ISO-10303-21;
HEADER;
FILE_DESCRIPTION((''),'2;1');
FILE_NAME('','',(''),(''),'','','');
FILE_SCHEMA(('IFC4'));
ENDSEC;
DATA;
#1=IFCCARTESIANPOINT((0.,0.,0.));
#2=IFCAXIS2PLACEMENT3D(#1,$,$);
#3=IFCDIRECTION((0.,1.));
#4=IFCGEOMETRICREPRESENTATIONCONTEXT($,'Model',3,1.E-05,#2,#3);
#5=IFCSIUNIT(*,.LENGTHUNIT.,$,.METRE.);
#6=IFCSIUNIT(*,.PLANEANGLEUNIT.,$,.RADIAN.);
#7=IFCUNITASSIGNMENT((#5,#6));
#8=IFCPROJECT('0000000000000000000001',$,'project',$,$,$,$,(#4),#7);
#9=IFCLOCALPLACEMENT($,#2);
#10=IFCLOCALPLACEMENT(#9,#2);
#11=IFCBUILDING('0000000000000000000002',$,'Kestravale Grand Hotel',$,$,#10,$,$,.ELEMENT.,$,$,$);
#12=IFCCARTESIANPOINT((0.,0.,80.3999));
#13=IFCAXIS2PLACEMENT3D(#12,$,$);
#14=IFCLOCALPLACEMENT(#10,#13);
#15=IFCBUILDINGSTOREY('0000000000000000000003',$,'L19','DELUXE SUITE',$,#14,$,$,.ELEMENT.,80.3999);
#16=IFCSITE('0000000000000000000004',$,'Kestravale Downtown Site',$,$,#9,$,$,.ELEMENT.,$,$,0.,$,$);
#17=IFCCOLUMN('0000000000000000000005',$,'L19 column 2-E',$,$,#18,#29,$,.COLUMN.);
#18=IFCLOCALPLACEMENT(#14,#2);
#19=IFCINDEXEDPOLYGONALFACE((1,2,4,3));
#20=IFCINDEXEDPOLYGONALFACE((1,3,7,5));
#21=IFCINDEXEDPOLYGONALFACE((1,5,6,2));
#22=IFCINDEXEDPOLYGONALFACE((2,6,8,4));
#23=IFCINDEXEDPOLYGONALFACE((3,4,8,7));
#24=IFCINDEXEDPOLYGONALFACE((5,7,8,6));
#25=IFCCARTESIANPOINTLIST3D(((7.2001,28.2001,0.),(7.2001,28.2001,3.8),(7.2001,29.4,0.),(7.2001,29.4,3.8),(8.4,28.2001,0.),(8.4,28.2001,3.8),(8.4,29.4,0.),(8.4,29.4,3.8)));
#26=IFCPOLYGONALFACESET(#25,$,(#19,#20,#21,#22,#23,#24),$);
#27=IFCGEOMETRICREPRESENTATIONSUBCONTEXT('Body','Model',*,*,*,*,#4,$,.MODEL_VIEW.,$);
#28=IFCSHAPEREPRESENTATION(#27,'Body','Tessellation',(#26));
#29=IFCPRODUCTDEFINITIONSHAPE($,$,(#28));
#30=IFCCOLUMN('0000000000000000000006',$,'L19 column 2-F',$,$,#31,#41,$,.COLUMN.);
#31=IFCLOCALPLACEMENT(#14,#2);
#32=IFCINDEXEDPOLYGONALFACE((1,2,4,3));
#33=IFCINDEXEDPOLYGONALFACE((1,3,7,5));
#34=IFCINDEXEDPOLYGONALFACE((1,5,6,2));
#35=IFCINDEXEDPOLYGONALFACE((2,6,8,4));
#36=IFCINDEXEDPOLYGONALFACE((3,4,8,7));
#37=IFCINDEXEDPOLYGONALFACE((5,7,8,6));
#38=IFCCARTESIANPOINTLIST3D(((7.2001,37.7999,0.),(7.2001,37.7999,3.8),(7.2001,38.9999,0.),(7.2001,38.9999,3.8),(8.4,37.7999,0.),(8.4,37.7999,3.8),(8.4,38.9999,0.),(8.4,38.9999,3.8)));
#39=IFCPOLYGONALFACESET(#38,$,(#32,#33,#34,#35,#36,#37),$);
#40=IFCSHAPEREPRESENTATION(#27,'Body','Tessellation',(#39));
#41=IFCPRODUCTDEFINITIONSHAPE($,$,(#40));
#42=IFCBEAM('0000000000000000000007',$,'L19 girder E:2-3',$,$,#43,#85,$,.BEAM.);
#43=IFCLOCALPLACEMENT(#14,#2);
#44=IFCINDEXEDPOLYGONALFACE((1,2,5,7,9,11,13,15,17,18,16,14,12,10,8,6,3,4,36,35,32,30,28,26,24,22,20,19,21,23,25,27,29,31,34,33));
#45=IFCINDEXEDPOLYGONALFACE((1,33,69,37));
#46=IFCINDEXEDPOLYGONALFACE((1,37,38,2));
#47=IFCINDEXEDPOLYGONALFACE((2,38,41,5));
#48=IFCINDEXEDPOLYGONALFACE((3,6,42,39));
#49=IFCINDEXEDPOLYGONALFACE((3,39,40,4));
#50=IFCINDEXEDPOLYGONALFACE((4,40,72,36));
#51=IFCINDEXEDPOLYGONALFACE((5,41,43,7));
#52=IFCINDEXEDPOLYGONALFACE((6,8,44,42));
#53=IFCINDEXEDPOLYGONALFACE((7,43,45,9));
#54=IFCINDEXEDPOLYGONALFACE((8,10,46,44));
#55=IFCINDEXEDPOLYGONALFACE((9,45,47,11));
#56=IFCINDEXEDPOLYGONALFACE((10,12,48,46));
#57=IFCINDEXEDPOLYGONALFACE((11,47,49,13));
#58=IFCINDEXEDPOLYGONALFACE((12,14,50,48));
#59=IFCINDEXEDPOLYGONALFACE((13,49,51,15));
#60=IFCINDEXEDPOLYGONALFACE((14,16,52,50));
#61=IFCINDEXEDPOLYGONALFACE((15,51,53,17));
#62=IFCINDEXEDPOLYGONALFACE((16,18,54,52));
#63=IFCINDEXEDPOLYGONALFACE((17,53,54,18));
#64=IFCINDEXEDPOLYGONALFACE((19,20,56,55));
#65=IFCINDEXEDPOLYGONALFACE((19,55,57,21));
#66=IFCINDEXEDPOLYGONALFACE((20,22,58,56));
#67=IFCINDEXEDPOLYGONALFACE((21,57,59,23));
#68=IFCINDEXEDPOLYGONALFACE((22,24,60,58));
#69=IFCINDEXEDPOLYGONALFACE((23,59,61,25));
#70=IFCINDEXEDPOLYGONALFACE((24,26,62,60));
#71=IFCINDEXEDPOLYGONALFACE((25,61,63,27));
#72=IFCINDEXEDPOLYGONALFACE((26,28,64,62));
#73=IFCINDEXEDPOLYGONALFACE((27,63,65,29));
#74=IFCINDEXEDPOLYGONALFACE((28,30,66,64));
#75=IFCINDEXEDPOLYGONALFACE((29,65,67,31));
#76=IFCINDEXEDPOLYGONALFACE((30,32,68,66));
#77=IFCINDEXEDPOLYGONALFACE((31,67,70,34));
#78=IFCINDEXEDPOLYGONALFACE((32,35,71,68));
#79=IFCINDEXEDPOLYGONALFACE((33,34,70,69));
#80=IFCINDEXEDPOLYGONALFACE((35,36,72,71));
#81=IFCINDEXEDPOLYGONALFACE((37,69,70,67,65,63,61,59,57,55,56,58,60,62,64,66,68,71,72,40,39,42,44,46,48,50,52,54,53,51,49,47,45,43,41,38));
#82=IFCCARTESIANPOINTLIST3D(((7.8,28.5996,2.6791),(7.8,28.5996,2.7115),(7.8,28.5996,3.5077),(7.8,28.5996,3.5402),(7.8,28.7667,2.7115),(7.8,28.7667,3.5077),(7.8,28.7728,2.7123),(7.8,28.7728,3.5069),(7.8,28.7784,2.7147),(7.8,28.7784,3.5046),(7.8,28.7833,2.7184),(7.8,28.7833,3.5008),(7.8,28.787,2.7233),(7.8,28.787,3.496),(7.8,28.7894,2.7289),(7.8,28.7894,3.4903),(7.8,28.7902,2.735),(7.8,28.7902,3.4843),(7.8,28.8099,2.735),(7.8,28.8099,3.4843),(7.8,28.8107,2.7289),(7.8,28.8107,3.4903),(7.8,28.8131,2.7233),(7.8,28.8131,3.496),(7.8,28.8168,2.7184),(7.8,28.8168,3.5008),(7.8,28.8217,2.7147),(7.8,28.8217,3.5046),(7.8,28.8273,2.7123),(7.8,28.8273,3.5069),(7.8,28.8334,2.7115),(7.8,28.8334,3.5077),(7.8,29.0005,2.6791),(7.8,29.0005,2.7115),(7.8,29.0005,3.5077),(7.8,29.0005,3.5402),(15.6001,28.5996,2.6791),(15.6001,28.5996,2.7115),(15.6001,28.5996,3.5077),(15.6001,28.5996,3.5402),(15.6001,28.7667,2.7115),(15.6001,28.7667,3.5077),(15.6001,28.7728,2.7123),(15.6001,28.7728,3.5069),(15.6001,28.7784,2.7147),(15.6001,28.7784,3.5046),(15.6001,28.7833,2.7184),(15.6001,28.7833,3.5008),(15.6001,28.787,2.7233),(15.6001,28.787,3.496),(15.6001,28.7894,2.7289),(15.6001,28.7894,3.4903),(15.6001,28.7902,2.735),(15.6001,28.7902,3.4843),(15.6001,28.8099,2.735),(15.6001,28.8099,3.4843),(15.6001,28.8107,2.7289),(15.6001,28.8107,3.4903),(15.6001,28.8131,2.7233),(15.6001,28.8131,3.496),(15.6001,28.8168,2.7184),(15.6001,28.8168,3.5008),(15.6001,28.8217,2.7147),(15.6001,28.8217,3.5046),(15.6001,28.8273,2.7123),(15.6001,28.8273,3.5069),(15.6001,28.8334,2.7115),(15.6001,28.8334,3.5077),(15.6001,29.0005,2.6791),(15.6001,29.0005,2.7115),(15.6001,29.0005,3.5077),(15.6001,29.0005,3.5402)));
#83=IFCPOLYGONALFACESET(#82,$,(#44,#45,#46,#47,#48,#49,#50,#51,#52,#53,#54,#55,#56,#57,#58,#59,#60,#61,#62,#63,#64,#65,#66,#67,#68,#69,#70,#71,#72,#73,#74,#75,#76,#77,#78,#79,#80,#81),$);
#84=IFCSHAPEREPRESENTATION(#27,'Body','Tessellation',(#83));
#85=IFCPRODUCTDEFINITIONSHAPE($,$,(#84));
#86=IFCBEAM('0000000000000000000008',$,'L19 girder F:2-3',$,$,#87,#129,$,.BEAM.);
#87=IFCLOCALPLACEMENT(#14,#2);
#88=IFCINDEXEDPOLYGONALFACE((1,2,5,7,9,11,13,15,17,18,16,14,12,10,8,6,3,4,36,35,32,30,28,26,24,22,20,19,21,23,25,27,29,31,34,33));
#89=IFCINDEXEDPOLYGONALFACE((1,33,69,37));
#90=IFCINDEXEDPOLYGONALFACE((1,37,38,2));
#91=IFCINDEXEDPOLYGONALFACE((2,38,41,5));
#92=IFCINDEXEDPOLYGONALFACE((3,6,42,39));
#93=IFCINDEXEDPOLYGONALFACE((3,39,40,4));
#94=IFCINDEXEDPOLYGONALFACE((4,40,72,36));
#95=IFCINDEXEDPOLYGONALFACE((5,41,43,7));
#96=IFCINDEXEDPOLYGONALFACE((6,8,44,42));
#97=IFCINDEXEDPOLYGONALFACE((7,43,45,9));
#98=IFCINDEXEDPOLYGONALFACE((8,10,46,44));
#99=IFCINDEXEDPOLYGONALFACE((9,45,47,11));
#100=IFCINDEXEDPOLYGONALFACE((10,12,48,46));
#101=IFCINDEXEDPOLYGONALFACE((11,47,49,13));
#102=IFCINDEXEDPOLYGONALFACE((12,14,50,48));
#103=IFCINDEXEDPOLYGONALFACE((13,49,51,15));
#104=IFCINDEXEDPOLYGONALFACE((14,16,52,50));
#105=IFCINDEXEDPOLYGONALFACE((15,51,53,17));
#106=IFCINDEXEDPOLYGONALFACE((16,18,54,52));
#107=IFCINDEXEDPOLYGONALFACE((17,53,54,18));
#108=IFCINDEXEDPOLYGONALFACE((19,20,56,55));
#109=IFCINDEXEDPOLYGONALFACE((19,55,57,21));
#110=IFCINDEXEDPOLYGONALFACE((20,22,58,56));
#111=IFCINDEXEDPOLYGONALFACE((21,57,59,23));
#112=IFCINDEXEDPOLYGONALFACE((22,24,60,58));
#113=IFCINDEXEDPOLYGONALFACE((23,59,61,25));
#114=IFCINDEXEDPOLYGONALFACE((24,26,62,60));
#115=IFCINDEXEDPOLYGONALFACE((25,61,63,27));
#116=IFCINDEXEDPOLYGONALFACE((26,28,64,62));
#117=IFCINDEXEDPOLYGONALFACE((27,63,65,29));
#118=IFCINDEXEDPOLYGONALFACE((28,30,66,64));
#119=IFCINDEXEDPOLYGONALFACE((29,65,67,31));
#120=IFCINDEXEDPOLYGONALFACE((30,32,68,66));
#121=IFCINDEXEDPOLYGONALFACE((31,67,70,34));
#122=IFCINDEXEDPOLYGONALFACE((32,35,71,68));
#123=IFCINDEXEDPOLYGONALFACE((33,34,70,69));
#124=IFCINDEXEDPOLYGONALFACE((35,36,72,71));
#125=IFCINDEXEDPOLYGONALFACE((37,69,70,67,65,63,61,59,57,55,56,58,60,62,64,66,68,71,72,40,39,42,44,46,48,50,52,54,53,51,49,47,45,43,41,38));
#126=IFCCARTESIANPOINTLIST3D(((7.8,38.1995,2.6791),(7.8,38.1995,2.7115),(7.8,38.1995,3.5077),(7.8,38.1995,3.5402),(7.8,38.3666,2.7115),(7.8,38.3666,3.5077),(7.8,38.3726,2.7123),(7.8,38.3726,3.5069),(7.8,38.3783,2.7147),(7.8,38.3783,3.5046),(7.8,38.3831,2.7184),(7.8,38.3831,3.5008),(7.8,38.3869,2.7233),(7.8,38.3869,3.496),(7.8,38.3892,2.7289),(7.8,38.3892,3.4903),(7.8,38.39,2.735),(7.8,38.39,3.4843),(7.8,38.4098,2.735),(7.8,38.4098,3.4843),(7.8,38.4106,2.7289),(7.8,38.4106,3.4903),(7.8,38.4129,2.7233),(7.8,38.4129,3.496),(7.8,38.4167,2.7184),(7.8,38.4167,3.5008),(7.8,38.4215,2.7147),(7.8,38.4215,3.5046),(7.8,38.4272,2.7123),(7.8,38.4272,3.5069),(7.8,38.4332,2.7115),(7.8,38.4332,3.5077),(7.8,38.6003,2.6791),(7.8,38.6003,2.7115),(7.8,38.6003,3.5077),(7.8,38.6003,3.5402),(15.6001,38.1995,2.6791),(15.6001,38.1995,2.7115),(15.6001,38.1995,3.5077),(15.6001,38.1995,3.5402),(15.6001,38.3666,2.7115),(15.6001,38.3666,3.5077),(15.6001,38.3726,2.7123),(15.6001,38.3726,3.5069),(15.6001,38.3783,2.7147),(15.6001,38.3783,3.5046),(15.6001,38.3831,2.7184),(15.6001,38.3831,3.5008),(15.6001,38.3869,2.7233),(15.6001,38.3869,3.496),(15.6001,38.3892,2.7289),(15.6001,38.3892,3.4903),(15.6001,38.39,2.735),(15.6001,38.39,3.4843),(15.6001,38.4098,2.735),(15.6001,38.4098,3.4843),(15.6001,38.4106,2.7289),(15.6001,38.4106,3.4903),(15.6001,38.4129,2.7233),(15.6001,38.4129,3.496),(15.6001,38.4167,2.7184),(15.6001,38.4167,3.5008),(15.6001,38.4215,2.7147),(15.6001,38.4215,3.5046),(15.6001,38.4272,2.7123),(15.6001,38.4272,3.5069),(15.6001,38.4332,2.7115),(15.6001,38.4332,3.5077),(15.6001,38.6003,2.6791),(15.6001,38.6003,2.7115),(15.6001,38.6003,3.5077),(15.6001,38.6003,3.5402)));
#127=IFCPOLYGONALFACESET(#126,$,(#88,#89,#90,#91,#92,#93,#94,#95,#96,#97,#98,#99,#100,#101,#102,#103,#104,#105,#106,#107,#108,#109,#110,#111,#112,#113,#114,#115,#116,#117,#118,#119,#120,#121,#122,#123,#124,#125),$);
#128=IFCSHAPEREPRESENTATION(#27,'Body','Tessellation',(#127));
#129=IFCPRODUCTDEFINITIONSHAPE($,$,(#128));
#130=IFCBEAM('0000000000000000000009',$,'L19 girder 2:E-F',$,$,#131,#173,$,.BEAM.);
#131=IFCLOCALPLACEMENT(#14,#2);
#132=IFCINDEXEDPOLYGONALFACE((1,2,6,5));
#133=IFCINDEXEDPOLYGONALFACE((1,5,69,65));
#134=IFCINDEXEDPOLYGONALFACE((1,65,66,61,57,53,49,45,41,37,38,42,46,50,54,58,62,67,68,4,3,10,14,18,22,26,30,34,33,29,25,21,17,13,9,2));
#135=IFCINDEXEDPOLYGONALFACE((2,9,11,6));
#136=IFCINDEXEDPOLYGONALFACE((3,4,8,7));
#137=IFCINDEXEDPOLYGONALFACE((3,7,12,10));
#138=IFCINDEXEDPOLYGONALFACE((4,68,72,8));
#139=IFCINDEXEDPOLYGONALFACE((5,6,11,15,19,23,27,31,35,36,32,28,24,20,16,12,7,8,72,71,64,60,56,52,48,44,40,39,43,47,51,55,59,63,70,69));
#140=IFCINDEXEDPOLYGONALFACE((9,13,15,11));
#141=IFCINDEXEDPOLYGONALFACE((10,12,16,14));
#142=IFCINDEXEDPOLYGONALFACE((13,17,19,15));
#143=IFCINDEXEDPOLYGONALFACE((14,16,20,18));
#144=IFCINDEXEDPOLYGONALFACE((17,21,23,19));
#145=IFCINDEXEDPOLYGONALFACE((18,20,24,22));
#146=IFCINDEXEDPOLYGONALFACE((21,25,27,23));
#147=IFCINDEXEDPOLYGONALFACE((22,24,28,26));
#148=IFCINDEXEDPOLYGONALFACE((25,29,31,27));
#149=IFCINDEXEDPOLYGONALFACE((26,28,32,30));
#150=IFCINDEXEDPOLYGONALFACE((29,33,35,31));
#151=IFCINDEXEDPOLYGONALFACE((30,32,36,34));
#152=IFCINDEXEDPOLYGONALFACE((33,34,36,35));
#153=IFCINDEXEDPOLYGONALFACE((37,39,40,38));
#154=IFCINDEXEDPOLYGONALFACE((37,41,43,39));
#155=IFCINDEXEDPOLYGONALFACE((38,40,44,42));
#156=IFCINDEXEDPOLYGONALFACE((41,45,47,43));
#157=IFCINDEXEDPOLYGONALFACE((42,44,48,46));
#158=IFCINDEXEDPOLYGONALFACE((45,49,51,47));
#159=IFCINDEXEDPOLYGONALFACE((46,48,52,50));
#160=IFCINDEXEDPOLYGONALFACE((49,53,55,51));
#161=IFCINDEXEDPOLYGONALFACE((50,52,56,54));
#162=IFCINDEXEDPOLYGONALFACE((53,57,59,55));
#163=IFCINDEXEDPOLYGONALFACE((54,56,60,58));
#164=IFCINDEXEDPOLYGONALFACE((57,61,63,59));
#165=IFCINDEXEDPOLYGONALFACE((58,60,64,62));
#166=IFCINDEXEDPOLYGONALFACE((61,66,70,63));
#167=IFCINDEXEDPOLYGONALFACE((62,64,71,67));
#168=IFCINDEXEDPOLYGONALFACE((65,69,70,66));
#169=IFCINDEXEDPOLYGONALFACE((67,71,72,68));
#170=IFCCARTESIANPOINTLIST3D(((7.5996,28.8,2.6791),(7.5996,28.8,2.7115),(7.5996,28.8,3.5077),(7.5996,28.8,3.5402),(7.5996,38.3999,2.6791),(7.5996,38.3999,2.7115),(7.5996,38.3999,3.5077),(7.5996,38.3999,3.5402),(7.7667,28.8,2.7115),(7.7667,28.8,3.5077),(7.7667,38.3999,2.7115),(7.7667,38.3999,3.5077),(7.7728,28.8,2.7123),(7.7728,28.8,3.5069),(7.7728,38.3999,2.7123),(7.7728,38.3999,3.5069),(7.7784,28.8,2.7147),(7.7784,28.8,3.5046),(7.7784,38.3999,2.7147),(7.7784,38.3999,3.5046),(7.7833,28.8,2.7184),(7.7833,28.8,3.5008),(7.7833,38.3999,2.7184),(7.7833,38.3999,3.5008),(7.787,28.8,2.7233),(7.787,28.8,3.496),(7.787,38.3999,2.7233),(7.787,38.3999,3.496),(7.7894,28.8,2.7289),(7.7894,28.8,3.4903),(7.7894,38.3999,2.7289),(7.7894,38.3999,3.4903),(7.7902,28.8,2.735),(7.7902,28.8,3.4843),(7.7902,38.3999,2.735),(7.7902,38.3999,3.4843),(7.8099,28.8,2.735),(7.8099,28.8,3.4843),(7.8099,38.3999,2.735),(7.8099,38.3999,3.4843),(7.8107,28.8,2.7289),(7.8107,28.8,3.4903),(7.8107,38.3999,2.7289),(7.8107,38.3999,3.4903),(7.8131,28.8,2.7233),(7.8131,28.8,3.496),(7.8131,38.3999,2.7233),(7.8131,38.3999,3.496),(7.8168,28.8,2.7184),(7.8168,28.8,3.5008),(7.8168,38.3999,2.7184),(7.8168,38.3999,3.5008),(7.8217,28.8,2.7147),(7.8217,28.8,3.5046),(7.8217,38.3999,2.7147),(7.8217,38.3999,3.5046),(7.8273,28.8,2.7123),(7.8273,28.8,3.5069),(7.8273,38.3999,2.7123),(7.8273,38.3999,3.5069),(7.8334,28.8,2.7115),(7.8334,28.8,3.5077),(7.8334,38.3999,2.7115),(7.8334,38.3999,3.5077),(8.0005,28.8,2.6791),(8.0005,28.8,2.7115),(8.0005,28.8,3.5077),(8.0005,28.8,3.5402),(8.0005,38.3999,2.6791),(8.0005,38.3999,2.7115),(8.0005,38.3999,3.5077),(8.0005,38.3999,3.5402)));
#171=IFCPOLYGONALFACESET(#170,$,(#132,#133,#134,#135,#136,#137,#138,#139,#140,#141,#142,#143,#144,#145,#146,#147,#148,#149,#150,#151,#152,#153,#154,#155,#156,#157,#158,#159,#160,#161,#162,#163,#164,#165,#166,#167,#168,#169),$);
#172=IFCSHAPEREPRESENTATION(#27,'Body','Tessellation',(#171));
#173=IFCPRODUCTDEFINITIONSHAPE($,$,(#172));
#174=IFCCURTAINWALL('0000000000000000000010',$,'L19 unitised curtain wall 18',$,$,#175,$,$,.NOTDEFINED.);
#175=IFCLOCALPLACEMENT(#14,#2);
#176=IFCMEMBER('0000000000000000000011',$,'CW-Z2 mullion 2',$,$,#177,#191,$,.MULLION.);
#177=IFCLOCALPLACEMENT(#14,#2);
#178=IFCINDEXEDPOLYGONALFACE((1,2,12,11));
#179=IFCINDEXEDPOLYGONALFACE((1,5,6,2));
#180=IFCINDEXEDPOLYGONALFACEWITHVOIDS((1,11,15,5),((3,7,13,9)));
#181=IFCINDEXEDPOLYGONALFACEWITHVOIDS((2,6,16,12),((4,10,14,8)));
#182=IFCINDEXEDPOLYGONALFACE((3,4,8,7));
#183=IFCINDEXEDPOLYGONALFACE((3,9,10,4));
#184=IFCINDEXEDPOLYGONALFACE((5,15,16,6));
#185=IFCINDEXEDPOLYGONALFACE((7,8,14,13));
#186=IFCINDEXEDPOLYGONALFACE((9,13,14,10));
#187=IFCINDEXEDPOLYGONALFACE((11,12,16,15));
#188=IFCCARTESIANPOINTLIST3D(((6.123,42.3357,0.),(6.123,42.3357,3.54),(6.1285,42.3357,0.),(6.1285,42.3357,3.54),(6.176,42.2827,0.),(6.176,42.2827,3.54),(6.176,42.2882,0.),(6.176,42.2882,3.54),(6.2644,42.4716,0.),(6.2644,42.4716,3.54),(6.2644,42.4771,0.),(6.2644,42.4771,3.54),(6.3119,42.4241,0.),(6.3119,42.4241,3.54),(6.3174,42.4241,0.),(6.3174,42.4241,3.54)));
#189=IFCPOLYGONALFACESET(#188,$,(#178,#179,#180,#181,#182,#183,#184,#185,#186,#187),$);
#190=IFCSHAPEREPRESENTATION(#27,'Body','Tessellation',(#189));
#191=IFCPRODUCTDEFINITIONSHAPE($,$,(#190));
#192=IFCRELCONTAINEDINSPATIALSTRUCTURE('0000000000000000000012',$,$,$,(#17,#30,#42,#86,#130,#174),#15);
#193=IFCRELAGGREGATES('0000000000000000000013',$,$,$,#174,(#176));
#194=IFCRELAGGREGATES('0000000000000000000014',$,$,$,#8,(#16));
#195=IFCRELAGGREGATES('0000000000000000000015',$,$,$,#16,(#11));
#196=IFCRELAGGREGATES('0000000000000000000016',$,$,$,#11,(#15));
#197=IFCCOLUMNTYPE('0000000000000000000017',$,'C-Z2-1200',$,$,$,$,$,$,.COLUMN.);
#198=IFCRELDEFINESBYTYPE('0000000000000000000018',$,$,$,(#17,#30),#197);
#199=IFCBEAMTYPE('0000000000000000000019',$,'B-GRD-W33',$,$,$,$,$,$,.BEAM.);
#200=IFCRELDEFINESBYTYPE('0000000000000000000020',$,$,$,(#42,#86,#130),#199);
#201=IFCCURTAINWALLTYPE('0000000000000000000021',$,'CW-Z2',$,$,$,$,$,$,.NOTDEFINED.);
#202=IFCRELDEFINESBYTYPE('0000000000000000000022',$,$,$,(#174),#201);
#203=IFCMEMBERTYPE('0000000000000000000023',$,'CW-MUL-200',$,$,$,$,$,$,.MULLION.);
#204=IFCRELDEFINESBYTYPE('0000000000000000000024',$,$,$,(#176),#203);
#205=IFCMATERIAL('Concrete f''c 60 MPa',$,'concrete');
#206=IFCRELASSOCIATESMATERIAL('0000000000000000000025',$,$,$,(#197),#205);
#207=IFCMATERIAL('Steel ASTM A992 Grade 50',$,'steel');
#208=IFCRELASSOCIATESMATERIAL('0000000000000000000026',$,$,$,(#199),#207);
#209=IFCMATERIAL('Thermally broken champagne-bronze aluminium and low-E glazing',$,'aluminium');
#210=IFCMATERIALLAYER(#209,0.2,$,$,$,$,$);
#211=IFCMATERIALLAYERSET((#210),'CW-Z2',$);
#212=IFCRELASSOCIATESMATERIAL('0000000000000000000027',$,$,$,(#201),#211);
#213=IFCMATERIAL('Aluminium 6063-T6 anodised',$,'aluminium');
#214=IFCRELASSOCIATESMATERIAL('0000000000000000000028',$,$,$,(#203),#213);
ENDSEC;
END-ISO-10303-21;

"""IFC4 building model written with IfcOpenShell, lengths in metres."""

from ifc_helpers import new_model, si_unit, direction, frame, origin, origin_2d, place, context, subcontext, project, spatial, rectangle, hollow_rectangle, i_section, extrude, material, layer, layer_set, material_profile, profile_set, type_object, element, aggregate, save


model = new_model("IFC4")

# Units and contexts
model_context = context("Model", 3, precision=1e-05, world=origin(), true_north=direction((0.0, 1.0)))
body_context = subcontext(model_context, "Body", "Model", "MODEL_VIEW")
ifc_project = project(units=[si_unit("LENGTHUNIT", "METRE"), si_unit("PLANEANGLEUNIT", "RADIAN")], contexts=[model_context])

# Site, building, storey
site_placement = place(None, origin())
site = spatial("IfcSite", under=ifc_project, at=site_placement, Name="Kestravale Downtown Site", CompositionType="ELEMENT", RefElevation=0.0)
building_placement = place(site_placement, origin())
building = spatial("IfcBuilding", under=site, at=building_placement, Name="Kestravale Grand Hotel", CompositionType="ELEMENT")
storey_placement = place(building_placement, frame((0.0, 0.0, 80.3999)))
storey = spatial("IfcBuildingStorey", under=building, at=storey_placement, Name="L19", Description="DELUXE SUITE", CompositionType="ELEMENT", Elevation=80.3999)

# Columns
ifc_material_1 = material(Name="Concrete f'c 60 MPa", Category="concrete")
ifc_material_profile_1 = material_profile(ifc_material_1, rectangle(XDim=1.2, YDim=1.2, at=origin_2d()))
ifc_profile_set_1 = profile_set([ifc_material_profile_1], Name="Concrete f'c 60 MPa")
column_type = type_object("IfcColumnType", Name="C-Z2-1200", PredefinedType="COLUMN", material=ifc_profile_set_1)
for number, where, z_axis, x_axis, name in (
    (1, (7.8, 28.8, 0.0), (0.0, 0.0, 1.0), (1.0, 0.0, 0.0), "L19 column 2-E"),
    (2, (7.8, 38.3999, 0.0), (0.0, 0.0, 1.0), (1.0, 0.0, 0.0), "L19 column 2-F"),
):
    element("IfcColumn", number, at=place(storey_placement, frame(where, z_axis=z_axis, x_axis=x_axis)), inside=storey, type_object=column_type, Name=name, PredefinedType="COLUMN", context=body_context, shape_type="SweptSolid", body=[
        extrude(rectangle(XDim=1.2, YDim=1.2, at=origin_2d()), origin(), (0.0, 0.0, 1.0), 3.8),
    ])

# Beams
ifc_material_2 = material(Name="Steel ASTM A992 Grade 50", Category="steel")
ifc_material_profile_2 = material_profile(ifc_material_2, i_section(OverallWidth=0.4009, OverallDepth=0.8611, WebThickness=0.0198, FlangeThickness=0.0325, FilletRadius=0.0234, at=origin_2d()))
ifc_profile_set_2 = profile_set([ifc_material_profile_2], Name="Steel ASTM A992 Grade 50")
beam_type = type_object("IfcBeamType", Name="B-GRD-W33", PredefinedType="BEAM", material=ifc_profile_set_2)
for number, where, z_axis, x_axis, name in (
    (3, (7.8, 28.8, 3.1096), (1.0, 0.0, 0.0), (0.0, 1.0, 0.0), "L19 girder E:2-3"),
    (4, (7.8, 38.3999, 3.1096), (1.0, 0.0, 0.0), (0.0, 1.0, 0.0), "L19 girder F:2-3"),
):
    element("IfcBeam", number, at=place(storey_placement, frame(where, z_axis=z_axis, x_axis=x_axis)), inside=storey, type_object=beam_type, Name=name, PredefinedType="BEAM", context=body_context, shape_type="SweptSolid", body=[
        extrude(i_section(OverallWidth=0.4009, OverallDepth=0.8611, WebThickness=0.0198, FlangeThickness=0.0325, FilletRadius=0.0234, at=origin_2d()), origin(), (0.0, 0.0, 1.0), 7.8),
    ])
beam_placement = place(storey_placement, frame((7.8, 28.8, 3.1096), z_axis=(0.0, 1.0, 0.0), x_axis=(-1.0, 0.0, 0.0)))
element("IfcBeam", 5, at=beam_placement, inside=storey, type_object=beam_type, Name="L19 girder 2:E-F", PredefinedType="BEAM", context=body_context, shape_type="SweptSolid", body=[
    extrude(i_section(OverallWidth=0.4009, OverallDepth=0.8611, WebThickness=0.0198, FlangeThickness=0.0325, FilletRadius=0.0234, at=origin_2d()), origin(), (0.0, 0.0, 1.0), 9.5999),
])

# Curtain wall, member
ifc_material_3 = material(Name="Thermally broken champagne-bronze aluminium and low-E glazing", Category="aluminium")
ifc_layer_1 = layer(ifc_material_3, 0.2)
ifc_layer_set_1 = layer_set([ifc_layer_1], Name="CW-Z2")
curtain_wall_type = type_object("IfcCurtainWallType", Name="CW-Z2", PredefinedType="NOTDEFINED", material=ifc_layer_set_1)
curtain_wall_placement = place(storey_placement, origin())
curtain_wall = element("IfcCurtainWall", 6, at=curtain_wall_placement, inside=storey, type_object=curtain_wall_type, Name="L19 unitised curtain wall 18", PredefinedType="NOTDEFINED")
ifc_material_4 = material(Name="Aluminium 6063-T6 anodised", Category="aluminium")
ifc_material_profile_3 = material_profile(ifc_material_4, hollow_rectangle(XDim=0.075, YDim=0.2, WallThickness=0.0039, at=origin_2d()))
ifc_profile_set_3 = profile_set([ifc_material_profile_3], Name="Aluminium 6063-T6 anodised")
member_type_1 = type_object("IfcMemberType", Name="CW-MUL-200", PredefinedType="MULLION", material=ifc_profile_set_3)
member_1_placement = place(storey_placement, frame((6.2202, 42.3799, 0.0), z_axis=(0.0, 0.0, 1.0), x_axis=(0.707107, -0.707107, 0.0)))
member_1 = element("IfcMember", 7, at=member_1_placement, type_object=member_type_1, Name="CW-Z2 mullion 2", PredefinedType="MULLION", context=body_context, shape_type="SweptSolid", body=[
    extrude(hollow_rectangle(XDim=0.075, YDim=0.2, WallThickness=0.0039, at=origin_2d()), origin(), (0.0, 0.0, 1.0), 3.54),
])
aggregate(curtain_wall, [member_1])

save(model, "model.ifc")
